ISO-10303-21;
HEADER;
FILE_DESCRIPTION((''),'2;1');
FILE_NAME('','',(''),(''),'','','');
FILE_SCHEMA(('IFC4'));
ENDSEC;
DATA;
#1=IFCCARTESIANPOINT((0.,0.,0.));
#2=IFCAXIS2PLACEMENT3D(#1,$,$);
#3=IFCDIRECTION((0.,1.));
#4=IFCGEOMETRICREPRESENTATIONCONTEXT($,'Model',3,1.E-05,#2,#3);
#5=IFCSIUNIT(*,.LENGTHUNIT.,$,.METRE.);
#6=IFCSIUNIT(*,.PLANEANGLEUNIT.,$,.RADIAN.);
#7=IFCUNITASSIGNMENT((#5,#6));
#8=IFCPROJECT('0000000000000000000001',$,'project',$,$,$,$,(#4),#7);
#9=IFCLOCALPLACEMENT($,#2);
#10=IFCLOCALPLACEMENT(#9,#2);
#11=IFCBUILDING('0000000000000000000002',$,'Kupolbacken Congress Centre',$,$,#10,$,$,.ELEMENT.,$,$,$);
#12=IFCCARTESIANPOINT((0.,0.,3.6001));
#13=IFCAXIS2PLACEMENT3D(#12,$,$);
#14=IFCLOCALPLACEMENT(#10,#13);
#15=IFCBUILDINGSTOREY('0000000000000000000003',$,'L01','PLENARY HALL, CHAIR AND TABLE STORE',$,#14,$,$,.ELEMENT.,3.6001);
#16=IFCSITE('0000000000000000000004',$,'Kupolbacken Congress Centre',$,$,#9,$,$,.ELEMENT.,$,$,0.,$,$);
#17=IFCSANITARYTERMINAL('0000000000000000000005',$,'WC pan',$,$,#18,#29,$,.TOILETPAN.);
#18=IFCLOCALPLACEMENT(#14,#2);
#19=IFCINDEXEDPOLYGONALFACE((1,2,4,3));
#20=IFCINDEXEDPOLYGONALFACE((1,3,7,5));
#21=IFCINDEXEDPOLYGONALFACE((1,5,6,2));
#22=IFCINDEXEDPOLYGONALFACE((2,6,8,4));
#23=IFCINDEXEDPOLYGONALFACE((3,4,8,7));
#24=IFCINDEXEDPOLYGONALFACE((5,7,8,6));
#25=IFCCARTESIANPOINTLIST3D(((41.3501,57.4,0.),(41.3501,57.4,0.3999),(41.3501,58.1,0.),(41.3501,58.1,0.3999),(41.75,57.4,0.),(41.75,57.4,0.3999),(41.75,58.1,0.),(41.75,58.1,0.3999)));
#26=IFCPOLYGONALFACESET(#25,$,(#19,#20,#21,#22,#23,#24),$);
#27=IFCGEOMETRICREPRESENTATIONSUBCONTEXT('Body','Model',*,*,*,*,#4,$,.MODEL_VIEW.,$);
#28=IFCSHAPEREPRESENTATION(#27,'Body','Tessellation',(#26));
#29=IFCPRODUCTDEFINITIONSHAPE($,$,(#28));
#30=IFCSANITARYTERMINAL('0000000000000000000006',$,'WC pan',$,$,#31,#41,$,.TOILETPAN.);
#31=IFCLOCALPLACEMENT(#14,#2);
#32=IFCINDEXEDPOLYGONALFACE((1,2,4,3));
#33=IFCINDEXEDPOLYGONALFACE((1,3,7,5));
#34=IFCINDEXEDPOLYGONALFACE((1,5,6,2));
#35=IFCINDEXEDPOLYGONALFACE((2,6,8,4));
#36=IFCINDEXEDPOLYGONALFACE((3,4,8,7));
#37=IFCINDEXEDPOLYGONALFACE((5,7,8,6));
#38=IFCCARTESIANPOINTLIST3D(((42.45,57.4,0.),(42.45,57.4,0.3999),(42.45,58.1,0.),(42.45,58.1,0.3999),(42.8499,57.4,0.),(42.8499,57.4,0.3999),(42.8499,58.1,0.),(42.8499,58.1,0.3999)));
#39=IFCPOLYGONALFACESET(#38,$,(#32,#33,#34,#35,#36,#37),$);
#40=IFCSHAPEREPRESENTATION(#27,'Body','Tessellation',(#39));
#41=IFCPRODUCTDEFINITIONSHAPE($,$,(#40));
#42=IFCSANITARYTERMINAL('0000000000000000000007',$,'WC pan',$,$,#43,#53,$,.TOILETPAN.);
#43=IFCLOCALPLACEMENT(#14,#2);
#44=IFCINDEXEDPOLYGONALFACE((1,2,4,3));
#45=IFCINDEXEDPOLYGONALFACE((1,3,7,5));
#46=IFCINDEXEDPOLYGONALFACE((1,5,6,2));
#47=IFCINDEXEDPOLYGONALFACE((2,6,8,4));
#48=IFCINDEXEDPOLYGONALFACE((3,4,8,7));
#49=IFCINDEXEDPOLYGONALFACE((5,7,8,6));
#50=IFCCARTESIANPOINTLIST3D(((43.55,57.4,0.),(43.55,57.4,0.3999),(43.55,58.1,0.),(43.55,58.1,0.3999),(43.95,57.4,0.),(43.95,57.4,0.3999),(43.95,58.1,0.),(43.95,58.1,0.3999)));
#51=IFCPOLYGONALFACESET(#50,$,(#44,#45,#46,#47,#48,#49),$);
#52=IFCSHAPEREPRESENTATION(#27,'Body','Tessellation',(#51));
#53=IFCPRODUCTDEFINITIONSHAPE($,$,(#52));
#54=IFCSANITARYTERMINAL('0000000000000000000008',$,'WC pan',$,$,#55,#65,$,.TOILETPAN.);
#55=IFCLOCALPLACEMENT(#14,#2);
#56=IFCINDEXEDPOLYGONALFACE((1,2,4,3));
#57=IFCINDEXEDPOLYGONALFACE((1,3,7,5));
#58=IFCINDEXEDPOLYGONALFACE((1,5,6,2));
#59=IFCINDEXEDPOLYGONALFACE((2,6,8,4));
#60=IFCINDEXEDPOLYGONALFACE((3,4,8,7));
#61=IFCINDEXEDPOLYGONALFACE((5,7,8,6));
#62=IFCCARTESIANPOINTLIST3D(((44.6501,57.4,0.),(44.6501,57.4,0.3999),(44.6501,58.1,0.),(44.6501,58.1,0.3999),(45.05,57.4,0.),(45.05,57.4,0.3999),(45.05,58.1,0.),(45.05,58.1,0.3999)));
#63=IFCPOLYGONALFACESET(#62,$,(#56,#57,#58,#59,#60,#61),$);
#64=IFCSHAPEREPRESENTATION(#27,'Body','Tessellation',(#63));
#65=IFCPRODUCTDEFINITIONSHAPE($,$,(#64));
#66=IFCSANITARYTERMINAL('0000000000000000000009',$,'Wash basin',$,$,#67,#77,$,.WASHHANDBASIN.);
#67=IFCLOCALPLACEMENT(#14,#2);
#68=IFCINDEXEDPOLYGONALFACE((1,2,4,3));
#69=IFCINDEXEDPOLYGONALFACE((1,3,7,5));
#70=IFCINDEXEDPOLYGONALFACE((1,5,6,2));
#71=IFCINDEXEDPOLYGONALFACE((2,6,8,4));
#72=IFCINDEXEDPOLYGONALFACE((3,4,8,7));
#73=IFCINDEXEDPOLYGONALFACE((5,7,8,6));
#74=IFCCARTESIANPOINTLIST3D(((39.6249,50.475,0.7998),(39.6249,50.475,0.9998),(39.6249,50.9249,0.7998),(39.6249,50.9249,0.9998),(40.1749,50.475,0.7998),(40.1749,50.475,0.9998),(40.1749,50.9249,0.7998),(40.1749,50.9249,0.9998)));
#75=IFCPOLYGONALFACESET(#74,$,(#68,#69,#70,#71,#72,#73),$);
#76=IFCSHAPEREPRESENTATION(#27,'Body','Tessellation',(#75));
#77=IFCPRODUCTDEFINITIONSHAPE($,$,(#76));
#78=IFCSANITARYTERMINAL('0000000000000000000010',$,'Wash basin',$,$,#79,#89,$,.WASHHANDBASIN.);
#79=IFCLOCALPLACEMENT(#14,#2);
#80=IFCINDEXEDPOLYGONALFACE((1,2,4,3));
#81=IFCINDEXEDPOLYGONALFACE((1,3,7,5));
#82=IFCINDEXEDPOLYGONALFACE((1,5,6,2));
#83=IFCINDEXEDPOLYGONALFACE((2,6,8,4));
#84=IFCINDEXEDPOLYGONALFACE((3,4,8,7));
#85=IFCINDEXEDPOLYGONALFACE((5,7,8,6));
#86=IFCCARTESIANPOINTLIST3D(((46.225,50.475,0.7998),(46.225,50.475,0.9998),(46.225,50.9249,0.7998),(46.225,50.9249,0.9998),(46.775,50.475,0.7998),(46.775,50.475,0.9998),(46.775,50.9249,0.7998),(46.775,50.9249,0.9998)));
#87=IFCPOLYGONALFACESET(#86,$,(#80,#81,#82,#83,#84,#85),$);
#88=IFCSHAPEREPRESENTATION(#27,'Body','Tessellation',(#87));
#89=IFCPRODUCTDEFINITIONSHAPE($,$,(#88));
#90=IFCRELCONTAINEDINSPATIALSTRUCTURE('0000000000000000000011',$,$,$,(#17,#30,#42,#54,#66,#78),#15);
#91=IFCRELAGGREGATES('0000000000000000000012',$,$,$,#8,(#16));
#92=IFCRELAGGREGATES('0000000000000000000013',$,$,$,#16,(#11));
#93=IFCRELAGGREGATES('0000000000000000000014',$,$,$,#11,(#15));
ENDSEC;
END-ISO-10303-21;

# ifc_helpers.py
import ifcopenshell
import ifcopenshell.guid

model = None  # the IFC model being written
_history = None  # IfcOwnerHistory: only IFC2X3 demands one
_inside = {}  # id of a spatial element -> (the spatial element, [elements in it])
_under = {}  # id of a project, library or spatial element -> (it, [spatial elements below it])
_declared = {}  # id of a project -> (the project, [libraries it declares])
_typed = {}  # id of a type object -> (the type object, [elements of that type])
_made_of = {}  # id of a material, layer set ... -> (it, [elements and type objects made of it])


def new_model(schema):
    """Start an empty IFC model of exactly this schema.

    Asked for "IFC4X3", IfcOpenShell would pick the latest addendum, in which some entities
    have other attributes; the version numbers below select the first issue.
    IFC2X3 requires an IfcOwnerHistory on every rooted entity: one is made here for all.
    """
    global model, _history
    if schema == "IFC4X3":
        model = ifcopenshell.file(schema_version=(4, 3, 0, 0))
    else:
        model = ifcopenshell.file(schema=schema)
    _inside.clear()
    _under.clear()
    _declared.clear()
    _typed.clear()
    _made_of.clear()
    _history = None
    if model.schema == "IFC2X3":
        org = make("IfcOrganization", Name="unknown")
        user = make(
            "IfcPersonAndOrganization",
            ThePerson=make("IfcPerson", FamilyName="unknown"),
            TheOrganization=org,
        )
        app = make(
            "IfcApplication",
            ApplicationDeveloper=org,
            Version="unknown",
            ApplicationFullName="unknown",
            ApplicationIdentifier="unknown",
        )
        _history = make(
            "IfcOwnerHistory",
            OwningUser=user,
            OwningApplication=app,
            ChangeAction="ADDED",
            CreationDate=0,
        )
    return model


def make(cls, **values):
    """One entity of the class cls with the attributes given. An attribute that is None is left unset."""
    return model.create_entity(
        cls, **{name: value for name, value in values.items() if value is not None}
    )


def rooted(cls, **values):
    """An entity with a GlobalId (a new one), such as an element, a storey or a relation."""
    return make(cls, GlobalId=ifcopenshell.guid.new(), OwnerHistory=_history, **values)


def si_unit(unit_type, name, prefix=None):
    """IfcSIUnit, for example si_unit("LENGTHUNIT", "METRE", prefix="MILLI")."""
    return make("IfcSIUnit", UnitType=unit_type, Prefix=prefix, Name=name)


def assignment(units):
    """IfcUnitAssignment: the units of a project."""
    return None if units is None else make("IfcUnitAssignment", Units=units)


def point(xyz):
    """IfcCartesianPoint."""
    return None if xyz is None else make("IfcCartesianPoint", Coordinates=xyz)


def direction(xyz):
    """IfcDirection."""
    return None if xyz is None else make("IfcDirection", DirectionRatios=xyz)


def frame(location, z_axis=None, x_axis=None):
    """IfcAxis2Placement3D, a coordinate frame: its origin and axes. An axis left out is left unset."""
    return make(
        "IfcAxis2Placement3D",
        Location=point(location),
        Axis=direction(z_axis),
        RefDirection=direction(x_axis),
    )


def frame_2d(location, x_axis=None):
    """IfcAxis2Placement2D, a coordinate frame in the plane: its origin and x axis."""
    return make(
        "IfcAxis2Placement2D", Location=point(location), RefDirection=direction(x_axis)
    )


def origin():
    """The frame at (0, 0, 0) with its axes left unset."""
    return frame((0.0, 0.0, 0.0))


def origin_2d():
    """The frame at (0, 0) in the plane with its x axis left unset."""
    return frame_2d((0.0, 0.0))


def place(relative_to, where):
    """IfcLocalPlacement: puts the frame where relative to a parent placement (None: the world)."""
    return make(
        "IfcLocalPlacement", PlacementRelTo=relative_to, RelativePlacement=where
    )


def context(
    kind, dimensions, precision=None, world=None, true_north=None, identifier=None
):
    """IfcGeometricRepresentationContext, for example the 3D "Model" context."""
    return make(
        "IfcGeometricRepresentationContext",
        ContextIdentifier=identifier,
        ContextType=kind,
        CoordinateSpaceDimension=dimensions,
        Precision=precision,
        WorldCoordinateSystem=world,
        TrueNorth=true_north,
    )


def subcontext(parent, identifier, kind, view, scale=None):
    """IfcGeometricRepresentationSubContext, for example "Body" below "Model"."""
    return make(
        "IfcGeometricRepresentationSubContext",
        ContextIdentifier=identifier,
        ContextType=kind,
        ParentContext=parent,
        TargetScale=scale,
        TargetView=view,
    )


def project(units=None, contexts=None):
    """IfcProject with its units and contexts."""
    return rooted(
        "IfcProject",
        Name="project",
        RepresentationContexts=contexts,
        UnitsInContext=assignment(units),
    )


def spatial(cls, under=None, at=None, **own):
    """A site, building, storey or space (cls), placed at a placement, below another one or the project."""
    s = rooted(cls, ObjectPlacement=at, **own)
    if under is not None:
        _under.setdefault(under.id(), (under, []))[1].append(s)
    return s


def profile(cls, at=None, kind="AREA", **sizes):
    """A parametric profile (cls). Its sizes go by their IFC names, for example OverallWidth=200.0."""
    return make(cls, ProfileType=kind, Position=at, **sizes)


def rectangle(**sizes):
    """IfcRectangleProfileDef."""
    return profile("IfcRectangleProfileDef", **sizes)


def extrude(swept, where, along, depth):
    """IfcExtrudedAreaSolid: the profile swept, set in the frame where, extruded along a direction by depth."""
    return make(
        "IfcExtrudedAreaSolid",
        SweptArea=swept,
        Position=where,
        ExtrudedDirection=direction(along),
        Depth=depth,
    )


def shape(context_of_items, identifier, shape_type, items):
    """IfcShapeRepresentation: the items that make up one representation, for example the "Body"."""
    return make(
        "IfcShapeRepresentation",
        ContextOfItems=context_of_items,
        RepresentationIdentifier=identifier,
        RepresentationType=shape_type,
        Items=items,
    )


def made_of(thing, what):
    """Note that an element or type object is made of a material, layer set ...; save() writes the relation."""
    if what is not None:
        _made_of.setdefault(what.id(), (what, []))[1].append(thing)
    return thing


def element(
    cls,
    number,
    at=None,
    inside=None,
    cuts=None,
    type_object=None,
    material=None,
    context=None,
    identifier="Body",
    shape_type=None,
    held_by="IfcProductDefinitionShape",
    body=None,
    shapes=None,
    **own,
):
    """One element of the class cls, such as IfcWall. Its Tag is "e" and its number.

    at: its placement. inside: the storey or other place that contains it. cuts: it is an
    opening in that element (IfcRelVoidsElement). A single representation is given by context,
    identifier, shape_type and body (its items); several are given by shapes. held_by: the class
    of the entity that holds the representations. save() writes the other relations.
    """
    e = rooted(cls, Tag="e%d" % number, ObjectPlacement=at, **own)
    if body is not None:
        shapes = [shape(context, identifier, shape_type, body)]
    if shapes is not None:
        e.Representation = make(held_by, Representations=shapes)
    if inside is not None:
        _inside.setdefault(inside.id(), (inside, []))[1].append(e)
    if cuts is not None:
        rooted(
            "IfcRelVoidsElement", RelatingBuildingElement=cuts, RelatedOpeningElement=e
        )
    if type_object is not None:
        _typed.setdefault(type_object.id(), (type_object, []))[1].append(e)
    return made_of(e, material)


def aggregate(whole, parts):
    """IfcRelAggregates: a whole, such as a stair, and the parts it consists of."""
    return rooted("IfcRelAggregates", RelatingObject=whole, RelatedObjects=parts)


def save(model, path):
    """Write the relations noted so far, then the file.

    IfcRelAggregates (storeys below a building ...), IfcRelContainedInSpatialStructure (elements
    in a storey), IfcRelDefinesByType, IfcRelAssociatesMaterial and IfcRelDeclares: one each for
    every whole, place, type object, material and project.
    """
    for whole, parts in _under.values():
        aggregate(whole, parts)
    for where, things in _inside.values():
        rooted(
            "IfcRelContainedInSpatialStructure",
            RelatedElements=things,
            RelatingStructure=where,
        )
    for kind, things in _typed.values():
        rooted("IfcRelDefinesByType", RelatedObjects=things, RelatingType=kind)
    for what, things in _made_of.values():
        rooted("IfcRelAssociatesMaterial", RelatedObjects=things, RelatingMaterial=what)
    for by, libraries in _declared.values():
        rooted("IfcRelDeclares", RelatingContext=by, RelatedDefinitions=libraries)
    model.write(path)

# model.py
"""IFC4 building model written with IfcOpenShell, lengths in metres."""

from ifc_helpers import new_model, si_unit, direction, frame, origin, origin_2d, place, context, subcontext, project, spatial, rectangle, extrude, element, save


model = new_model("IFC4")

# Units and contexts
model_context = context("Model", 3, precision=1e-05, world=origin(), true_north=direction((0.0, 1.0)))
body_context = subcontext(model_context, "Body", "Model", "MODEL_VIEW")
ifc_project = project(units=[si_unit("LENGTHUNIT", "METRE"), si_unit("PLANEANGLEUNIT", "RADIAN")], contexts=[model_context])

# Site, building, storey
site_placement = place(None, origin())
site = spatial("IfcSite", under=ifc_project, at=site_placement, Name="Kupolbacken Congress Centre", CompositionType="ELEMENT", RefElevation=0.0)
building_placement = place(site_placement, origin())
building = spatial("IfcBuilding", under=site, at=building_placement, Name="Kupolbacken Congress Centre", CompositionType="ELEMENT")
storey_placement = place(building_placement, frame((0.0, 0.0, 3.6001)))
storey = spatial("IfcBuildingStorey", under=building, at=storey_placement, Name="L01", Description="PLENARY HALL, CHAIR AND TABLE STORE", CompositionType="ELEMENT", Elevation=3.6001)

# Sanitary terminals
for number, where, z_axis, x_axis, name in (
    (1, (41.55, 57.75, 0.0), (0.0, 0.0, 1.0), (1.0, 0.0, 0.0), "WC pan"),
    (2, (42.6499, 57.75, 0.0), (0.0, 0.0, 1.0), (1.0, 0.0, 0.0), "WC pan"),
    (3, (43.75, 57.75, 0.0), (0.0, 0.0, 1.0), (1.0, 0.0, 0.0), "WC pan"),
    (4, (44.8501, 57.75, 0.0), (0.0, 0.0, 1.0), (1.0, 0.0, 0.0), "WC pan"),
):
    element("IfcSanitaryTerminal", number, at=place(storey_placement, frame(where, z_axis=z_axis, x_axis=x_axis)), inside=storey, Name=name, PredefinedType="TOILETPAN", context=body_context, shape_type="SweptSolid", body=[
        extrude(rectangle(XDim=0.3999, YDim=0.7, at=origin_2d()), origin(), (0.0, 0.0, 1.0), 0.3999),
    ])
for number, where, z_axis, x_axis, name in (
    (5, (39.8999, 50.7, 0.7998), (0.0, 0.0, 1.0), (1.0, 0.0, 0.0), "Wash basin"),
    (6, (46.5, 50.7, 0.7998), (0.0, 0.0, 1.0), (1.0, 0.0, 0.0), "Wash basin"),
):
    element("IfcSanitaryTerminal", number, at=place(storey_placement, frame(where, z_axis=z_axis, x_axis=x_axis)), inside=storey, Name=name, PredefinedType="WASHHANDBASIN", context=body_context, shape_type="SweptSolid", body=[
        extrude(rectangle(XDim=0.55, YDim=0.45, at=origin_2d()), origin(), (0.0, 0.0, 1.0), 0.2),
    ])

save(model, "model.ifc")
